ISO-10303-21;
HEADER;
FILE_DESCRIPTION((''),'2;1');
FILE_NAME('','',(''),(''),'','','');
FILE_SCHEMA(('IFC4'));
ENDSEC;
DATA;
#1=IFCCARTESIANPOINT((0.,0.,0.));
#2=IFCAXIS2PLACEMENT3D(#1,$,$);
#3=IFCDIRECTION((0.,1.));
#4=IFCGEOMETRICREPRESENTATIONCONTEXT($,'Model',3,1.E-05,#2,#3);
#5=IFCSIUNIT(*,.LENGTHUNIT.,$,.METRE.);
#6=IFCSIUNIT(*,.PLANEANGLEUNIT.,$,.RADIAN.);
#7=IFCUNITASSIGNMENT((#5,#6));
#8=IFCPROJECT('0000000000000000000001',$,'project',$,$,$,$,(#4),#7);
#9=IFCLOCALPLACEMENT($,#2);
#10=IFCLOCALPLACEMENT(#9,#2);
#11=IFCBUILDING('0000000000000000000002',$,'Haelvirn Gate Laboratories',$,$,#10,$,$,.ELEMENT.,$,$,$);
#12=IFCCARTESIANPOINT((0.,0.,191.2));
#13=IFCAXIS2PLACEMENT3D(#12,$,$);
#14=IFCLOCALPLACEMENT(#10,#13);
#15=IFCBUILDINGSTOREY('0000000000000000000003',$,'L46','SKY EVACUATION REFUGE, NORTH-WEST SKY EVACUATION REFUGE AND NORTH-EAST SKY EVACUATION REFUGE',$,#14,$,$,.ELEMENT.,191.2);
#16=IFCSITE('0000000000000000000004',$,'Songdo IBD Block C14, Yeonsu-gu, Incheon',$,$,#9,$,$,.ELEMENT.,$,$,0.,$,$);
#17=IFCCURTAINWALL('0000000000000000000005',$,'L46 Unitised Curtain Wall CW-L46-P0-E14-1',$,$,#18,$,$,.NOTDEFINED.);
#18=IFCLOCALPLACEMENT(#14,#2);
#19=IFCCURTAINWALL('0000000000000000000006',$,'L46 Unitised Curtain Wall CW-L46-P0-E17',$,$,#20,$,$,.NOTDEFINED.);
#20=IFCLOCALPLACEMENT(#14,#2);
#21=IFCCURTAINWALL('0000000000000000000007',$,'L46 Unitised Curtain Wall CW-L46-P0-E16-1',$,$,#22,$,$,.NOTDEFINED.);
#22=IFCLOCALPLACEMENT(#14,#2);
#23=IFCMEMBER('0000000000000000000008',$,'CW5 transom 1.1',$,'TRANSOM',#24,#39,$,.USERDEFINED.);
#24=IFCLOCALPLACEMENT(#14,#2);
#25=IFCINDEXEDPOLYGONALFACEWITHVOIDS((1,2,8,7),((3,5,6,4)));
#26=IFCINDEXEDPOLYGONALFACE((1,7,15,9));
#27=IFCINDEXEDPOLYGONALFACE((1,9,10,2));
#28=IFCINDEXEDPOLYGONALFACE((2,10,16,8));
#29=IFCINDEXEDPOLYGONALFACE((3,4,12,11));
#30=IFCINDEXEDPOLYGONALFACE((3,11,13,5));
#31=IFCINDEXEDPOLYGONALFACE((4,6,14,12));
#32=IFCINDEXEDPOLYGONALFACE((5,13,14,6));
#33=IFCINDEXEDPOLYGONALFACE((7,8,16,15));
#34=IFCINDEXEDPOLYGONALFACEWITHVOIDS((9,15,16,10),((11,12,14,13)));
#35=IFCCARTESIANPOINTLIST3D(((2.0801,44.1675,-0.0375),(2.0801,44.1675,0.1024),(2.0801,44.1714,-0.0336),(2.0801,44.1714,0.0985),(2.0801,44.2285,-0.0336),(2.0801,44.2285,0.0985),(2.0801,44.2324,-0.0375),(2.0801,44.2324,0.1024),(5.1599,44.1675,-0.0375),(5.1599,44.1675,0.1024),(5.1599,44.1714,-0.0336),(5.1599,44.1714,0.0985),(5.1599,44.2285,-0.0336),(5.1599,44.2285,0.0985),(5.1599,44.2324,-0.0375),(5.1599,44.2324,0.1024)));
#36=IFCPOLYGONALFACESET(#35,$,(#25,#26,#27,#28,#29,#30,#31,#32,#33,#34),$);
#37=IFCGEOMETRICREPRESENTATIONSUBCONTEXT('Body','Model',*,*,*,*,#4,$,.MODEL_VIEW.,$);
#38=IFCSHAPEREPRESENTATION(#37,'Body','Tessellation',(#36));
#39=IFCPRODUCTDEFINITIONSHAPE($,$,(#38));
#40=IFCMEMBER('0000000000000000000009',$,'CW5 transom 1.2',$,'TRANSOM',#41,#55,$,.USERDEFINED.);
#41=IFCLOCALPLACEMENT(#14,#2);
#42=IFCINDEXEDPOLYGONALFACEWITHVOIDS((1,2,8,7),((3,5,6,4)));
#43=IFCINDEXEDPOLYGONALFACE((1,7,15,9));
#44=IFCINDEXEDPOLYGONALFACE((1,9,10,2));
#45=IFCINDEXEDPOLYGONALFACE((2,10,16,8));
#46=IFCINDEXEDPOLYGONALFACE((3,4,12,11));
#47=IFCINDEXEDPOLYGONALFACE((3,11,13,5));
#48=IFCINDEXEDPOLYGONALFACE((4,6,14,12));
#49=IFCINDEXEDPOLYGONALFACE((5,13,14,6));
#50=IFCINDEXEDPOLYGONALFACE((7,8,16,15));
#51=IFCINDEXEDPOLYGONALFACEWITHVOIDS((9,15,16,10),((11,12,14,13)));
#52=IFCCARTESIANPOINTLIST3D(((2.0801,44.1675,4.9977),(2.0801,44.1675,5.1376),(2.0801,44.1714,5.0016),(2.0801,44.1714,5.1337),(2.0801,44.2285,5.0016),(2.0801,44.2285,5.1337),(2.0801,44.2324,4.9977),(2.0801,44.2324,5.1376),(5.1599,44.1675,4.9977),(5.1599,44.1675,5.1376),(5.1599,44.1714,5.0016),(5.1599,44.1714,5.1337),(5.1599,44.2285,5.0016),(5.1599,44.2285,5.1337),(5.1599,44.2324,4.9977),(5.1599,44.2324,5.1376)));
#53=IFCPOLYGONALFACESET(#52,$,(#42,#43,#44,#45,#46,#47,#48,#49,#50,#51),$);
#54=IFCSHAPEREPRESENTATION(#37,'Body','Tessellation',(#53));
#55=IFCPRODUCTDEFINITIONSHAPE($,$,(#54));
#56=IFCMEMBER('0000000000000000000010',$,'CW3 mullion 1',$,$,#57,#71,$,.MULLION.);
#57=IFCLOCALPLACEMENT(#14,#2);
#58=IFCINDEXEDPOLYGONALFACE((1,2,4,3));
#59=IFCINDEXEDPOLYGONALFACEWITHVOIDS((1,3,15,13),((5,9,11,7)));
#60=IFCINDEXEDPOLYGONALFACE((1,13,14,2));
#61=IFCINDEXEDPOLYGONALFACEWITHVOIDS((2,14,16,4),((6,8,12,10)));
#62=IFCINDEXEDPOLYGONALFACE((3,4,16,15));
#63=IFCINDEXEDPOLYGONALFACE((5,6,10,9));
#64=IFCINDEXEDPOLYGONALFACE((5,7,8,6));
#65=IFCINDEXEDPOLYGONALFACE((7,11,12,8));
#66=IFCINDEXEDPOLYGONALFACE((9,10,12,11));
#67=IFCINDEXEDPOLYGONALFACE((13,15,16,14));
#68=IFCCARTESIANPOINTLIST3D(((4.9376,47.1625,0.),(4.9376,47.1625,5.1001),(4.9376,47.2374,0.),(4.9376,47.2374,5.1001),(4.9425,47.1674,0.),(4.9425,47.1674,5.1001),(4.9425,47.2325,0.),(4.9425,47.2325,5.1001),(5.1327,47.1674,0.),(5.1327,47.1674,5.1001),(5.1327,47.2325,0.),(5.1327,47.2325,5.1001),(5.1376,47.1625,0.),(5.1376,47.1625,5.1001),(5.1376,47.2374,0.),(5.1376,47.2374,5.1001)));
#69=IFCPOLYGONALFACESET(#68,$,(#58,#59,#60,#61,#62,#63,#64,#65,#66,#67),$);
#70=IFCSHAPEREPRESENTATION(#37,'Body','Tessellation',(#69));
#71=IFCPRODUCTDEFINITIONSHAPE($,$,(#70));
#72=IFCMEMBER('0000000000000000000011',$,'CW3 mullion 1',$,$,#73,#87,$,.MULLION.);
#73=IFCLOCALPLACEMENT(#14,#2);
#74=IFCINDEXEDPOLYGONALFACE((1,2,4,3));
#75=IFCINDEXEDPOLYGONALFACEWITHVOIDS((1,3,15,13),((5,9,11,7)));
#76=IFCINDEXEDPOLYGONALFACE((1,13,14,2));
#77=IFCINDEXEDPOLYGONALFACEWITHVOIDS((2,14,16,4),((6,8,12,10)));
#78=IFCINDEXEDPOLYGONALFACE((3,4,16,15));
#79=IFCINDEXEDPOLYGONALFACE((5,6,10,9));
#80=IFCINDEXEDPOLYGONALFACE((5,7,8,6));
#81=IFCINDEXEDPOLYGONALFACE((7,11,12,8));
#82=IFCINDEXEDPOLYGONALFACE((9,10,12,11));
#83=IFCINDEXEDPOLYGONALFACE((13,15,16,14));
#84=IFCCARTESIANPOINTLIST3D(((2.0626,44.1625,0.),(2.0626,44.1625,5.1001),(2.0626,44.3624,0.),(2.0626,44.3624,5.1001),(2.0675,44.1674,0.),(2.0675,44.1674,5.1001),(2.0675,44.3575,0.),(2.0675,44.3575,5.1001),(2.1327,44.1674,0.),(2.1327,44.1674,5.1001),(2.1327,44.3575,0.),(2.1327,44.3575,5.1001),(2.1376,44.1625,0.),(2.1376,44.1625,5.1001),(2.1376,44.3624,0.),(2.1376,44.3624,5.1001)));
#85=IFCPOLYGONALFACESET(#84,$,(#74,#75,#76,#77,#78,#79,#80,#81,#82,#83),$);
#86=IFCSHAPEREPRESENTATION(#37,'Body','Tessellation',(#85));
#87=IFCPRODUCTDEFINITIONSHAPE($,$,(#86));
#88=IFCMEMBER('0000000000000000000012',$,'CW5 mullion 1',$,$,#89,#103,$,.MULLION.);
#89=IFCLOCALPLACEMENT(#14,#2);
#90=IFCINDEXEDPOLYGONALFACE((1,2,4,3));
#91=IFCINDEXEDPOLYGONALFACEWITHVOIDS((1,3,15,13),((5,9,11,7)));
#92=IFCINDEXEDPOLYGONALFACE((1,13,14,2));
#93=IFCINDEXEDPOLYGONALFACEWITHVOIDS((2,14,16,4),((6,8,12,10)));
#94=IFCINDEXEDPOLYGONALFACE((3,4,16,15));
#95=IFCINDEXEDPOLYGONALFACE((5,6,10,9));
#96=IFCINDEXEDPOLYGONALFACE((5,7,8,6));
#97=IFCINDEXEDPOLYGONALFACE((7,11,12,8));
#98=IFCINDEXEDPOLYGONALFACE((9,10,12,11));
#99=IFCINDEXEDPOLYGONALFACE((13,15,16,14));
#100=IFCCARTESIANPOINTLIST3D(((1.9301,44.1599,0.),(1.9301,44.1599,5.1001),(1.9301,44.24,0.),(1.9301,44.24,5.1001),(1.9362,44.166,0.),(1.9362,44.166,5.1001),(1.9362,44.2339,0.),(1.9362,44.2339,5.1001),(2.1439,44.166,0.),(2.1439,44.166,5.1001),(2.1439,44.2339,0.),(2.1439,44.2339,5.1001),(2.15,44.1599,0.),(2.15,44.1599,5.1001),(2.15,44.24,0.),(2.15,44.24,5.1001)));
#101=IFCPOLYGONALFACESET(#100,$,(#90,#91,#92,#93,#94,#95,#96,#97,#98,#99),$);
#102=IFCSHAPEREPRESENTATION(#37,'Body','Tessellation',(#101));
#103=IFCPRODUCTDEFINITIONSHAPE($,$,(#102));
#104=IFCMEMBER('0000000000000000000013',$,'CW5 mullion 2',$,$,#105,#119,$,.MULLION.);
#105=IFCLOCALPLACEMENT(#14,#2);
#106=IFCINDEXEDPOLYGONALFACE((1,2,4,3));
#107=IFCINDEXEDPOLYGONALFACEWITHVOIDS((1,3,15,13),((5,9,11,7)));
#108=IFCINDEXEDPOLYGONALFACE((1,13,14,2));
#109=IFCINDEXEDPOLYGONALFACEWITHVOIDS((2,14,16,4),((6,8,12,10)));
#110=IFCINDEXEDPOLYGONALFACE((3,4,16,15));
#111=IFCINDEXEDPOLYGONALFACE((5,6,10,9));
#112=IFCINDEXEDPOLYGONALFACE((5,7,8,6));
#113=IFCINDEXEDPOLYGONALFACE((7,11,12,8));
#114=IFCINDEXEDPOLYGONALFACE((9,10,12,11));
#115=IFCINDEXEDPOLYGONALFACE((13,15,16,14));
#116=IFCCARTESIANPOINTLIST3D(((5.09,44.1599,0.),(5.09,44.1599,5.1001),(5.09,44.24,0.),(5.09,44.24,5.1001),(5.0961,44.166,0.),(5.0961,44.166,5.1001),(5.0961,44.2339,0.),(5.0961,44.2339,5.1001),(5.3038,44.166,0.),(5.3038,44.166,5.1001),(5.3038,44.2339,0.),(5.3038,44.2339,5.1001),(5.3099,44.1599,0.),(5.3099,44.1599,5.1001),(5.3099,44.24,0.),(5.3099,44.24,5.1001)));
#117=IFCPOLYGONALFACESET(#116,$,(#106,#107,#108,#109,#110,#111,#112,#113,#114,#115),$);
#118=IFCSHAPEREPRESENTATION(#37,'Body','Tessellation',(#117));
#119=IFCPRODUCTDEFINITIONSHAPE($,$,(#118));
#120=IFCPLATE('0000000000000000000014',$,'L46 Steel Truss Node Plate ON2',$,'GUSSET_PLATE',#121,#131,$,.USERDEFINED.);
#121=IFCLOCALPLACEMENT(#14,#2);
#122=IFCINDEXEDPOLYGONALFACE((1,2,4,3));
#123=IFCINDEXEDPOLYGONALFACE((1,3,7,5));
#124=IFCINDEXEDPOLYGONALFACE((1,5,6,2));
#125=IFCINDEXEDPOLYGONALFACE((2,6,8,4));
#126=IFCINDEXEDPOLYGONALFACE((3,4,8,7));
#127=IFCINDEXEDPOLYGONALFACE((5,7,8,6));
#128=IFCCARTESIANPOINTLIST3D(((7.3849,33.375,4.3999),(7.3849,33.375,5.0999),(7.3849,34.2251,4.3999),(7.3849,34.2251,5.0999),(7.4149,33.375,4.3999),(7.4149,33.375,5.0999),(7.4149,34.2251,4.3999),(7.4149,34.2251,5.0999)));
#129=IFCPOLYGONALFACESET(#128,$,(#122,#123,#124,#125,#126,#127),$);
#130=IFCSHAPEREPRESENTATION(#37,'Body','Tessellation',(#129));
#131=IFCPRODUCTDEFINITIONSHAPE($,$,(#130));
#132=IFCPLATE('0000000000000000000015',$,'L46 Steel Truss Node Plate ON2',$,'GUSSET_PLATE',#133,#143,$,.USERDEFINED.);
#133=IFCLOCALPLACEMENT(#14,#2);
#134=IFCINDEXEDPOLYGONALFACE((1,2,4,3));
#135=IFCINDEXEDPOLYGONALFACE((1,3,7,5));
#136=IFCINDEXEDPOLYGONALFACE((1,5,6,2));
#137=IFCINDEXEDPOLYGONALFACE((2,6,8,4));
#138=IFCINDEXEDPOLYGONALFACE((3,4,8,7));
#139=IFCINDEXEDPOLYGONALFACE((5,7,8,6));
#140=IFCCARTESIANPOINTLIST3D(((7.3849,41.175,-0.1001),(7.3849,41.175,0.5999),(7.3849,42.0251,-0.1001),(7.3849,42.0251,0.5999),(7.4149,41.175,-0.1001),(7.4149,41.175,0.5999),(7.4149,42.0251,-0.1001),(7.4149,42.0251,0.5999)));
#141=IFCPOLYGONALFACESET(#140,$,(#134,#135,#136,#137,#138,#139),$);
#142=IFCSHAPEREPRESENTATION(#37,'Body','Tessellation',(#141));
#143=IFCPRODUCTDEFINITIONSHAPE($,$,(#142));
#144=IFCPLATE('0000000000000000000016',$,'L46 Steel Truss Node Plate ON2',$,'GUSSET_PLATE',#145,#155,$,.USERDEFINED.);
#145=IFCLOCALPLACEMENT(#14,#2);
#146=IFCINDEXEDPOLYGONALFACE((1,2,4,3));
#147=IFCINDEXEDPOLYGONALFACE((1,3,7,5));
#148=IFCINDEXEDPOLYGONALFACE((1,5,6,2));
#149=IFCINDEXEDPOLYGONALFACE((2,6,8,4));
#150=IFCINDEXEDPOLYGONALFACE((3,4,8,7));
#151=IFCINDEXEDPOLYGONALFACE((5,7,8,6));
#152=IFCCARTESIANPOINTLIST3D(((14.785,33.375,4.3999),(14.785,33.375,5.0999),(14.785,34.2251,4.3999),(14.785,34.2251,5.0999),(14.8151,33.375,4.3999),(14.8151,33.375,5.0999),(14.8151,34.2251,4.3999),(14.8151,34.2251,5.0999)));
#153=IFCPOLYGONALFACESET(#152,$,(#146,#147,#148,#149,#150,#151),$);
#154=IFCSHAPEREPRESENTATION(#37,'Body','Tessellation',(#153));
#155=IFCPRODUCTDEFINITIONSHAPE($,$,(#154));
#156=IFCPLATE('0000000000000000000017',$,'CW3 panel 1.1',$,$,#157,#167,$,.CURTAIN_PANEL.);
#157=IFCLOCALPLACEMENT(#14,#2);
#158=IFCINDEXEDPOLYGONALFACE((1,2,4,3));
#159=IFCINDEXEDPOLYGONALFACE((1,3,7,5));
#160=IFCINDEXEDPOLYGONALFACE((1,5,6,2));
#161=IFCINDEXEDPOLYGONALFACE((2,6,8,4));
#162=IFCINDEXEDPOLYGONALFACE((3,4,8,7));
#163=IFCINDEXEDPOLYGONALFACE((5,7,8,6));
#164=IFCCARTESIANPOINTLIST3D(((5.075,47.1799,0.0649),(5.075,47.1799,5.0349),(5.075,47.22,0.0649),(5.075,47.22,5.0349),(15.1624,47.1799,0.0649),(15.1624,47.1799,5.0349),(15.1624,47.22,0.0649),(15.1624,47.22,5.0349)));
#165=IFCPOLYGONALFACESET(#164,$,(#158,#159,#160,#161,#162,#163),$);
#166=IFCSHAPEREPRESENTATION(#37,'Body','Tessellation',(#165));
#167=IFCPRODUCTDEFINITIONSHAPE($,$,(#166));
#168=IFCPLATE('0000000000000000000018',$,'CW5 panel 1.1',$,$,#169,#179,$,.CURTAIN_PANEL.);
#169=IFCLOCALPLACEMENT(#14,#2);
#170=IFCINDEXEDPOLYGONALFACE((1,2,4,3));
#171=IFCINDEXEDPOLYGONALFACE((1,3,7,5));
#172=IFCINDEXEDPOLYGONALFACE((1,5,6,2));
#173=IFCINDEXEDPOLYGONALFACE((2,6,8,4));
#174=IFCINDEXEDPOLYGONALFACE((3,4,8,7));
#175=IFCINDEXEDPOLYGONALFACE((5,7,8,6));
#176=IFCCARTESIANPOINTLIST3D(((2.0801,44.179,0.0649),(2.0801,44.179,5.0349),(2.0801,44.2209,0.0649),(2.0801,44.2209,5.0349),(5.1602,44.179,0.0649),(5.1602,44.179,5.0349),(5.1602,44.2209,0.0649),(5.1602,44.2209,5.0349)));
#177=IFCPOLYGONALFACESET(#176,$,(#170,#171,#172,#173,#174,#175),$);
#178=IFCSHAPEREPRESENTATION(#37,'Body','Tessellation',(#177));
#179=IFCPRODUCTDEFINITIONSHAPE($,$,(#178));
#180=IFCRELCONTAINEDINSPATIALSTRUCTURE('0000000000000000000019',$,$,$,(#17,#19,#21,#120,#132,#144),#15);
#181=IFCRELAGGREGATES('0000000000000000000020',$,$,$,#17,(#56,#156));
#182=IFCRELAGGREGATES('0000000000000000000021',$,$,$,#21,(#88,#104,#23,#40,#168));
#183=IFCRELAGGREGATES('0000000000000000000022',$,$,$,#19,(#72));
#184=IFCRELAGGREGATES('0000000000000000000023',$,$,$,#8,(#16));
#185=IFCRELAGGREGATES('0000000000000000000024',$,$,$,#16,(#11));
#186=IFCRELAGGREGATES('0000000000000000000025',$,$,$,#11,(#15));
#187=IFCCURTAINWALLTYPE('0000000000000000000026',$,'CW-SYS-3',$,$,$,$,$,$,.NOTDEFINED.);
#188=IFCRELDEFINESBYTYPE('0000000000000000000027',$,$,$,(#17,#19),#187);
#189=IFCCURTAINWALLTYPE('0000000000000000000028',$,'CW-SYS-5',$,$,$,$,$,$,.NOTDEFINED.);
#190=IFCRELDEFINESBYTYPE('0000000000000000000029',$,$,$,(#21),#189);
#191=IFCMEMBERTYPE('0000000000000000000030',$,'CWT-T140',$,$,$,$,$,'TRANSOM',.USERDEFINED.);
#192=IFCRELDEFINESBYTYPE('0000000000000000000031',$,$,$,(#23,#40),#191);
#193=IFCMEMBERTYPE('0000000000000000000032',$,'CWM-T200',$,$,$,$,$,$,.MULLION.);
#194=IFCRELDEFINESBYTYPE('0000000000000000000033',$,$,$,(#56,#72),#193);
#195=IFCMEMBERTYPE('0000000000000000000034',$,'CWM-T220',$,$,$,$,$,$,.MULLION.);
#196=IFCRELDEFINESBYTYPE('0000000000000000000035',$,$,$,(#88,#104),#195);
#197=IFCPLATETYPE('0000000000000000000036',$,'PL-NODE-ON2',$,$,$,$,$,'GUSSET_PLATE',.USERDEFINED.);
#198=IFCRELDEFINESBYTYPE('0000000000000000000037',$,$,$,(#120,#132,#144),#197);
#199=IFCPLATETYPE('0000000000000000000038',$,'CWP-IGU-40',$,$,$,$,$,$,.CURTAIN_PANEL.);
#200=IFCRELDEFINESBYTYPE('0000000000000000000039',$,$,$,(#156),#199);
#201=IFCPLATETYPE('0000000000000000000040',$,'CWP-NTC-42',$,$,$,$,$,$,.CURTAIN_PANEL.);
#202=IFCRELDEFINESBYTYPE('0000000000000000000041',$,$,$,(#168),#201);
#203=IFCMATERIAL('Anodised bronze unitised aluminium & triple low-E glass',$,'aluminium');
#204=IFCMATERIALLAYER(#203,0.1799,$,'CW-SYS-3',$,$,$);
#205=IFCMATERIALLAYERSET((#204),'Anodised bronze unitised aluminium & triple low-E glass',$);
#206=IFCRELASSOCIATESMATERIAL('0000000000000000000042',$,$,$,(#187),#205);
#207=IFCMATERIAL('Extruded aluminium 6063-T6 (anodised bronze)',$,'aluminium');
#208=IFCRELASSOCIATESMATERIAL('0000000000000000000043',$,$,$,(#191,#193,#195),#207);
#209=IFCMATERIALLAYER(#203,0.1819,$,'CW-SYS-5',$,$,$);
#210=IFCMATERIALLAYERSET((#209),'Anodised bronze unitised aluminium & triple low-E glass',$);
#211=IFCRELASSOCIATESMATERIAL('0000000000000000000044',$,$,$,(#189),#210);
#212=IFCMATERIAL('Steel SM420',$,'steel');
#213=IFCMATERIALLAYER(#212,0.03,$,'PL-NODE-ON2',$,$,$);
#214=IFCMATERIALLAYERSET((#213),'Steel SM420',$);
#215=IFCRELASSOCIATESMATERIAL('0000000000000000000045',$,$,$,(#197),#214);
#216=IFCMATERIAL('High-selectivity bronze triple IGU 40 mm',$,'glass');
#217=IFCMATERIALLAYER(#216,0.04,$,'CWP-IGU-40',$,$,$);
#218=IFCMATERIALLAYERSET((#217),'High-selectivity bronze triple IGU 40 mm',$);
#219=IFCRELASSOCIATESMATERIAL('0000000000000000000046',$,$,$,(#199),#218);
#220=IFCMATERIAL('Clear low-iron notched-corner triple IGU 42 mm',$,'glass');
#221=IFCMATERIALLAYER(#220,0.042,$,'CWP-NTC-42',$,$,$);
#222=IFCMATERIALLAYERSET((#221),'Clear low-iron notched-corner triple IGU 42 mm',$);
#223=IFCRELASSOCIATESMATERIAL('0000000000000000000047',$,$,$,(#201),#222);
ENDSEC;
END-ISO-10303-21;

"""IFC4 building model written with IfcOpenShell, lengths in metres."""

from ifc_helpers import new_model, si_unit, direction, frame, origin, origin_2d, place, context, subcontext, project, spatial, rectangle, hollow_rectangle, extrude, source, transform, mapped, material, layer, layer_set, material_profile, profile_set, type_object, type_shapes, element, aggregate, save


model = new_model("IFC4")

# Units and contexts
model_context = context("Model", 3, precision=1e-05, world=origin(), true_north=direction((0.0, 1.0)))
body_context = subcontext(model_context, "Body", "Model", "MODEL_VIEW")
ifc_project = project(units=[si_unit("LENGTHUNIT", "METRE"), si_unit("PLANEANGLEUNIT", "RADIAN")], contexts=[model_context])

# Site, building, storey
site_placement = place(None, origin())
site = spatial("IfcSite", under=ifc_project, at=site_placement, Name="Songdo IBD Block C14, Yeonsu-gu, Incheon", CompositionType="ELEMENT", RefElevation=0.0)
building_placement = place(site_placement, origin())
building = spatial("IfcBuilding", under=site, at=building_placement, Name="Haelvirn Gate Laboratories", CompositionType="ELEMENT")
storey_placement = place(building_placement, frame((0.0, 0.0, 191.2)))
storey = spatial("IfcBuildingStorey", under=building, at=storey_placement, Name="L46", Description="SKY EVACUATION REFUGE, NORTH-WEST SKY EVACUATION REFUGE AND NORTH-EAST SKY EVACUATION REFUGE", CompositionType="ELEMENT", Elevation=191.2)

# Shared definitions
ifc_material_1 = material(Name="Steel SM420", Category="steel")

# Curtain walls, members
ifc_material_2 = material(Name="Anodised bronze unitised aluminium & triple low-E glass", Category="aluminium")
ifc_layer_1 = layer(ifc_material_2, 0.1799, Name="CW-SYS-3")
ifc_layer_set_1 = layer_set([ifc_layer_1], Name="Anodised bronze unitised aluminium & triple low-E glass")
curtain_wall_type_1 = type_object("IfcCurtainWallType", Name="CW-SYS-3", PredefinedType="NOTDEFINED", material=ifc_layer_set_1)
curtain_wall_1_placement = place(storey_placement, origin())
curtain_wall_1 = element("IfcCurtainWall", 1, at=curtain_wall_1_placement, inside=storey, type_object=curtain_wall_type_1, Name="L46 Unitised Curtain Wall CW-L46-P0-E14-1", PredefinedType="NOTDEFINED")
ifc_material_3 = material(Name="Extruded aluminium 6063-T6 (anodised bronze)", Category="aluminium")
ifc_material_profile_1 = material_profile(ifc_material_3, hollow_rectangle(XDim=0.0649, YDim=0.1399, WallThickness=0.0039, at=origin_2d()), Name="CWT-140x65x4")
ifc_profile_set_1 = profile_set([ifc_material_profile_1], Name="Extruded aluminium 6063-T6 (anodised bronze)")
member_type_1 = type_object("IfcMemberType", Name="CWT-T140", ElementType="TRANSOM", PredefinedType="USERDEFINED", material=ifc_profile_set_1)
curtain_wall_2_placement = place(storey_placement, origin())
curtain_wall_2 = element("IfcCurtainWall", 2, at=curtain_wall_2_placement, inside=storey, type_object=curtain_wall_type_1, Name="L46 Unitised Curtain Wall CW-L46-P0-E17", PredefinedType="NOTDEFINED")
ifc_layer_2 = layer(ifc_material_2, 0.1819, Name="CW-SYS-5")
ifc_layer_set_2 = layer_set([ifc_layer_2], Name="Anodised bronze unitised aluminium & triple low-E glass")
curtain_wall_type_2 = type_object("IfcCurtainWallType", Name="CW-SYS-5", PredefinedType="NOTDEFINED", material=ifc_layer_set_2)
curtain_wall_3_placement = place(storey_placement, origin())
curtain_wall_3 = element("IfcCurtainWall", 3, at=curtain_wall_3_placement, inside=storey, type_object=curtain_wall_type_2, Name="L46 Unitised Curtain Wall CW-L46-P0-E16-1", PredefinedType="NOTDEFINED")
shared_shape_1 = source(origin(), body_context, "Body", "SweptSolid", [
    extrude(hollow_rectangle(XDim=0.0649, YDim=0.1399, WallThickness=0.0039, at=origin_2d()), origin(), (0.0, 0.0, 1.0), 3.0798),
])
member_1_placement = place(storey_placement, frame((2.0801, 44.2, 0.0325), z_axis=(1.0, 0.0, 0.0), x_axis=(0.0, 1.0, 0.0)))
member_1 = element("IfcMember", 4, at=member_1_placement, type_object=member_type_1, Name="CW5 transom 1.1", ObjectType="TRANSOM", PredefinedType="USERDEFINED", context=body_context, shape_type="MappedRepresentation", body=[
    mapped(shared_shape_1, transform((0.0, 0.0, 0.0), scale=1.0)),
])
member_2_placement = place(storey_placement, frame((2.0801, 44.2, 5.0676), z_axis=(1.0, 0.0, 0.0), x_axis=(0.0, 1.0, 0.0)))
member_2 = element("IfcMember", 5, at=member_2_placement, type_object=member_type_1, Name="CW5 transom 1.2", ObjectType="TRANSOM", PredefinedType="USERDEFINED", context=body_context, shape_type="MappedRepresentation", body=[
    mapped(shared_shape_1, transform((0.0, 0.0, 0.0), scale=1.0)),
])

# Members
ifc_material_profile_2 = material_profile(ifc_material_3, hollow_rectangle(XDim=0.075, YDim=0.2, WallThickness=0.0049, at=origin_2d()), Name="CWM-200x75x5")
ifc_profile_set_2 = profile_set([ifc_material_profile_2], Name="Extruded aluminium 6063-T6 (anodised bronze)")
member_type_2 = type_object("IfcMemberType", Name="CWM-T200", PredefinedType="MULLION", material=ifc_profile_set_2)
shared_shape_2 = source(origin(), body_context, "Body", "SweptSolid", [
    extrude(hollow_rectangle(XDim=0.075, YDim=0.2, WallThickness=0.0049, at=origin_2d()), origin(), (0.0, 0.0, 1.0), 5.1001),
])
type_shapes(member_type_2, [shared_shape_2])
member_3_placement = place(storey_placement, frame((5.0376, 47.2, 0.0), z_axis=(0.0, 0.0, 1.0), x_axis=(0.0, 1.0, 0.0)))
member_3 = element("IfcMember", 6, at=member_3_placement, type_object=member_type_2, Name="CW3 mullion 1", PredefinedType="MULLION", context=body_context, shape_type="MappedRepresentation", body=[
    mapped(shared_shape_2, transform((0.0, 0.0, 0.0), scale=1.0)),
])
member_4_placement = place(storey_placement, frame((2.1001, 44.2625, 0.0), z_axis=(0.0, 0.0, 1.0), x_axis=(1.0, 0.0, 0.0)))
member_4 = element("IfcMember", 7, at=member_4_placement, type_object=member_type_2, Name="CW3 mullion 1", PredefinedType="MULLION", context=body_context, shape_type="MappedRepresentation", body=[
    mapped(shared_shape_2, transform((0.0, 0.0, 0.0), scale=1.0)),
])
ifc_material_profile_3 = material_profile(ifc_material_3, hollow_rectangle(XDim=0.0801, YDim=0.22, WallThickness=0.0061, at=origin_2d()), Name="CWM-220x80x6")
ifc_profile_set_3 = profile_set([ifc_material_profile_3], Name="Extruded aluminium 6063-T6 (anodised bronze)")
member_type_3 = type_object("IfcMemberType", Name="CWM-T220", PredefinedType="MULLION", material=ifc_profile_set_3)
shared_shape_3 = source(origin(), body_context, "Body", "SweptSolid", [
    extrude(hollow_rectangle(XDim=0.0801, YDim=0.22, WallThickness=0.0061, at=origin_2d()), origin(), (0.0, 0.0, 1.0), 5.1001),
])
type_shapes(member_type_3, [shared_shape_3])
member_5_placement = place(storey_placement, frame((2.04, 44.2, 0.0), z_axis=(0.0, 0.0, 1.0), x_axis=(0.0, 1.0, 0.0)))
member_5 = element("IfcMember", 8, at=member_5_placement, type_object=member_type_3, Name="CW5 mullion 1", PredefinedType="MULLION", context=body_context, shape_type="MappedRepresentation", body=[
    mapped(shared_shape_3, transform((0.0, 0.0, 0.0), scale=1.0)),
])
member_6_placement = place(storey_placement, frame((5.2, 44.2, 0.0), z_axis=(0.0, 0.0, 1.0), x_axis=(0.0, 1.0, 0.0)))
member_6 = element("IfcMember", 9, at=member_6_placement, type_object=member_type_3, Name="CW5 mullion 2", PredefinedType="MULLION", context=body_context, shape_type="MappedRepresentation", body=[
    mapped(shared_shape_3, transform((0.0, 0.0, 0.0), scale=1.0)),
])

# Plates
ifc_layer_3 = layer(ifc_material_1, 0.03, Name="PL-NODE-ON2")
ifc_layer_set_3 = layer_set([ifc_layer_3], Name="Steel SM420")
plate_type_1 = type_object("IfcPlateType", Name="PL-NODE-ON2", ElementType="GUSSET_PLATE", PredefinedType="USERDEFINED", material=ifc_layer_set_3)
shared_shape_4 = source(origin(), body_context, "Body", "SweptSolid", [
    extrude(rectangle(XDim=0.8501, YDim=0.03, at=origin_2d()), origin(), (0.0, 0.0, 1.0), 0.7),
])
type_shapes(plate_type_1, [shared_shape_4])
for number, where, z_axis, x_axis, name in (
    (10, (7.3999, 33.8, 4.3999), (0.0, 0.0, 1.0), (0.0, 1.0, 0.0), "L46 Steel Truss Node Plate ON2"),
    (11, (7.3999, 41.6001, -0.1001), (0.0, 0.0, 1.0), (0.0, 1.0, 0.0), "L46 Steel Truss Node Plate ON2"),
    (12, (14.8, 33.8, 4.3999), (0.0, 0.0, 1.0), (0.0, 1.0, 0.0), "L46 Steel Truss Node Plate ON2"),
):
    element("IfcPlate", number, at=place(storey_placement, frame(where, z_axis=z_axis, x_axis=x_axis)), inside=storey, type_object=plate_type_1, Name=name, ObjectType="GUSSET_PLATE", PredefinedType="USERDEFINED", context=body_context, shape_type="MappedRepresentation", body=[
        mapped(shared_shape_4, transform((0.0, 0.0, 0.0), scale=1.0)),
    ])

# Plates
ifc_material_4 = material(Name="High-selectivity bronze triple IGU 40 mm", Category="glass")
ifc_layer_4 = layer(ifc_material_4, 0.04, Name="CWP-IGU-40")
ifc_layer_set_4 = layer_set([ifc_layer_4], Name="High-selectivity bronze triple IGU 40 mm")
plate_type_2 = type_object("IfcPlateType", Name="CWP-IGU-40", PredefinedType="CURTAIN_PANEL", material=ifc_layer_set_4)
shared_shape_5 = source(origin(), body_context, "Body", "SweptSolid", [
    extrude(rectangle(XDim=10.0874, YDim=0.04, at=origin_2d()), origin(), (0.0, 0.0, 1.0), 4.97),
])
plate_1_placement = place(storey_placement, frame((10.1187, 47.2, 0.0649), z_axis=(0.0, 0.0, 1.0), x_axis=(1.0, 0.0, 0.0)))
plate_1 = element("IfcPlate", 13, at=plate_1_placement, type_object=plate_type_2, Name="CW3 panel 1.1", PredefinedType="CURTAIN_PANEL", context=body_context, shape_type="MappedRepresentation", body=[
    mapped(shared_shape_5, transform((0.0, 0.0, 0.0), scale=1.0)),
])
aggregate(curtain_wall_1, [member_3, plate_1])
ifc_material_5 = material(Name="Clear low-iron notched-corner triple IGU 42 mm", Category="glass")
ifc_layer_5 = layer(ifc_material_5, 0.042, Name="CWP-NTC-42")
ifc_layer_set_5 = layer_set([ifc_layer_5], Name="Clear low-iron notched-corner triple IGU 42 mm")
plate_type_3 = type_object("IfcPlateType", Name="CWP-NTC-42", PredefinedType="CURTAIN_PANEL", material=ifc_layer_set_5)
shared_shape_6 = source(origin(), body_context, "Body", "SweptSolid", [
    extrude(rectangle(XDim=3.0801, YDim=0.042, at=origin_2d()), origin(), (0.0, 0.0, 1.0), 4.97),
])
type_shapes(plate_type_3, [shared_shape_6])
plate_2_placement = place(storey_placement, frame((3.6201, 44.2, 0.0649), z_axis=(0.0, 0.0, 1.0), x_axis=(1.0, 0.0, 0.0)))
plate_2 = element("IfcPlate", 14, at=plate_2_placement, type_object=plate_type_3, Name="CW5 panel 1.1", PredefinedType="CURTAIN_PANEL", context=body_context, shape_type="MappedRepresentation", body=[
    mapped(shared_shape_6, transform((0.0, 0.0, 0.0), scale=1.0)),
])
aggregate(curtain_wall_3, [member_5, member_6, member_1, member_2, plate_2])
aggregate(curtain_wall_2, [member_4])

save(model, "model.ifc")
